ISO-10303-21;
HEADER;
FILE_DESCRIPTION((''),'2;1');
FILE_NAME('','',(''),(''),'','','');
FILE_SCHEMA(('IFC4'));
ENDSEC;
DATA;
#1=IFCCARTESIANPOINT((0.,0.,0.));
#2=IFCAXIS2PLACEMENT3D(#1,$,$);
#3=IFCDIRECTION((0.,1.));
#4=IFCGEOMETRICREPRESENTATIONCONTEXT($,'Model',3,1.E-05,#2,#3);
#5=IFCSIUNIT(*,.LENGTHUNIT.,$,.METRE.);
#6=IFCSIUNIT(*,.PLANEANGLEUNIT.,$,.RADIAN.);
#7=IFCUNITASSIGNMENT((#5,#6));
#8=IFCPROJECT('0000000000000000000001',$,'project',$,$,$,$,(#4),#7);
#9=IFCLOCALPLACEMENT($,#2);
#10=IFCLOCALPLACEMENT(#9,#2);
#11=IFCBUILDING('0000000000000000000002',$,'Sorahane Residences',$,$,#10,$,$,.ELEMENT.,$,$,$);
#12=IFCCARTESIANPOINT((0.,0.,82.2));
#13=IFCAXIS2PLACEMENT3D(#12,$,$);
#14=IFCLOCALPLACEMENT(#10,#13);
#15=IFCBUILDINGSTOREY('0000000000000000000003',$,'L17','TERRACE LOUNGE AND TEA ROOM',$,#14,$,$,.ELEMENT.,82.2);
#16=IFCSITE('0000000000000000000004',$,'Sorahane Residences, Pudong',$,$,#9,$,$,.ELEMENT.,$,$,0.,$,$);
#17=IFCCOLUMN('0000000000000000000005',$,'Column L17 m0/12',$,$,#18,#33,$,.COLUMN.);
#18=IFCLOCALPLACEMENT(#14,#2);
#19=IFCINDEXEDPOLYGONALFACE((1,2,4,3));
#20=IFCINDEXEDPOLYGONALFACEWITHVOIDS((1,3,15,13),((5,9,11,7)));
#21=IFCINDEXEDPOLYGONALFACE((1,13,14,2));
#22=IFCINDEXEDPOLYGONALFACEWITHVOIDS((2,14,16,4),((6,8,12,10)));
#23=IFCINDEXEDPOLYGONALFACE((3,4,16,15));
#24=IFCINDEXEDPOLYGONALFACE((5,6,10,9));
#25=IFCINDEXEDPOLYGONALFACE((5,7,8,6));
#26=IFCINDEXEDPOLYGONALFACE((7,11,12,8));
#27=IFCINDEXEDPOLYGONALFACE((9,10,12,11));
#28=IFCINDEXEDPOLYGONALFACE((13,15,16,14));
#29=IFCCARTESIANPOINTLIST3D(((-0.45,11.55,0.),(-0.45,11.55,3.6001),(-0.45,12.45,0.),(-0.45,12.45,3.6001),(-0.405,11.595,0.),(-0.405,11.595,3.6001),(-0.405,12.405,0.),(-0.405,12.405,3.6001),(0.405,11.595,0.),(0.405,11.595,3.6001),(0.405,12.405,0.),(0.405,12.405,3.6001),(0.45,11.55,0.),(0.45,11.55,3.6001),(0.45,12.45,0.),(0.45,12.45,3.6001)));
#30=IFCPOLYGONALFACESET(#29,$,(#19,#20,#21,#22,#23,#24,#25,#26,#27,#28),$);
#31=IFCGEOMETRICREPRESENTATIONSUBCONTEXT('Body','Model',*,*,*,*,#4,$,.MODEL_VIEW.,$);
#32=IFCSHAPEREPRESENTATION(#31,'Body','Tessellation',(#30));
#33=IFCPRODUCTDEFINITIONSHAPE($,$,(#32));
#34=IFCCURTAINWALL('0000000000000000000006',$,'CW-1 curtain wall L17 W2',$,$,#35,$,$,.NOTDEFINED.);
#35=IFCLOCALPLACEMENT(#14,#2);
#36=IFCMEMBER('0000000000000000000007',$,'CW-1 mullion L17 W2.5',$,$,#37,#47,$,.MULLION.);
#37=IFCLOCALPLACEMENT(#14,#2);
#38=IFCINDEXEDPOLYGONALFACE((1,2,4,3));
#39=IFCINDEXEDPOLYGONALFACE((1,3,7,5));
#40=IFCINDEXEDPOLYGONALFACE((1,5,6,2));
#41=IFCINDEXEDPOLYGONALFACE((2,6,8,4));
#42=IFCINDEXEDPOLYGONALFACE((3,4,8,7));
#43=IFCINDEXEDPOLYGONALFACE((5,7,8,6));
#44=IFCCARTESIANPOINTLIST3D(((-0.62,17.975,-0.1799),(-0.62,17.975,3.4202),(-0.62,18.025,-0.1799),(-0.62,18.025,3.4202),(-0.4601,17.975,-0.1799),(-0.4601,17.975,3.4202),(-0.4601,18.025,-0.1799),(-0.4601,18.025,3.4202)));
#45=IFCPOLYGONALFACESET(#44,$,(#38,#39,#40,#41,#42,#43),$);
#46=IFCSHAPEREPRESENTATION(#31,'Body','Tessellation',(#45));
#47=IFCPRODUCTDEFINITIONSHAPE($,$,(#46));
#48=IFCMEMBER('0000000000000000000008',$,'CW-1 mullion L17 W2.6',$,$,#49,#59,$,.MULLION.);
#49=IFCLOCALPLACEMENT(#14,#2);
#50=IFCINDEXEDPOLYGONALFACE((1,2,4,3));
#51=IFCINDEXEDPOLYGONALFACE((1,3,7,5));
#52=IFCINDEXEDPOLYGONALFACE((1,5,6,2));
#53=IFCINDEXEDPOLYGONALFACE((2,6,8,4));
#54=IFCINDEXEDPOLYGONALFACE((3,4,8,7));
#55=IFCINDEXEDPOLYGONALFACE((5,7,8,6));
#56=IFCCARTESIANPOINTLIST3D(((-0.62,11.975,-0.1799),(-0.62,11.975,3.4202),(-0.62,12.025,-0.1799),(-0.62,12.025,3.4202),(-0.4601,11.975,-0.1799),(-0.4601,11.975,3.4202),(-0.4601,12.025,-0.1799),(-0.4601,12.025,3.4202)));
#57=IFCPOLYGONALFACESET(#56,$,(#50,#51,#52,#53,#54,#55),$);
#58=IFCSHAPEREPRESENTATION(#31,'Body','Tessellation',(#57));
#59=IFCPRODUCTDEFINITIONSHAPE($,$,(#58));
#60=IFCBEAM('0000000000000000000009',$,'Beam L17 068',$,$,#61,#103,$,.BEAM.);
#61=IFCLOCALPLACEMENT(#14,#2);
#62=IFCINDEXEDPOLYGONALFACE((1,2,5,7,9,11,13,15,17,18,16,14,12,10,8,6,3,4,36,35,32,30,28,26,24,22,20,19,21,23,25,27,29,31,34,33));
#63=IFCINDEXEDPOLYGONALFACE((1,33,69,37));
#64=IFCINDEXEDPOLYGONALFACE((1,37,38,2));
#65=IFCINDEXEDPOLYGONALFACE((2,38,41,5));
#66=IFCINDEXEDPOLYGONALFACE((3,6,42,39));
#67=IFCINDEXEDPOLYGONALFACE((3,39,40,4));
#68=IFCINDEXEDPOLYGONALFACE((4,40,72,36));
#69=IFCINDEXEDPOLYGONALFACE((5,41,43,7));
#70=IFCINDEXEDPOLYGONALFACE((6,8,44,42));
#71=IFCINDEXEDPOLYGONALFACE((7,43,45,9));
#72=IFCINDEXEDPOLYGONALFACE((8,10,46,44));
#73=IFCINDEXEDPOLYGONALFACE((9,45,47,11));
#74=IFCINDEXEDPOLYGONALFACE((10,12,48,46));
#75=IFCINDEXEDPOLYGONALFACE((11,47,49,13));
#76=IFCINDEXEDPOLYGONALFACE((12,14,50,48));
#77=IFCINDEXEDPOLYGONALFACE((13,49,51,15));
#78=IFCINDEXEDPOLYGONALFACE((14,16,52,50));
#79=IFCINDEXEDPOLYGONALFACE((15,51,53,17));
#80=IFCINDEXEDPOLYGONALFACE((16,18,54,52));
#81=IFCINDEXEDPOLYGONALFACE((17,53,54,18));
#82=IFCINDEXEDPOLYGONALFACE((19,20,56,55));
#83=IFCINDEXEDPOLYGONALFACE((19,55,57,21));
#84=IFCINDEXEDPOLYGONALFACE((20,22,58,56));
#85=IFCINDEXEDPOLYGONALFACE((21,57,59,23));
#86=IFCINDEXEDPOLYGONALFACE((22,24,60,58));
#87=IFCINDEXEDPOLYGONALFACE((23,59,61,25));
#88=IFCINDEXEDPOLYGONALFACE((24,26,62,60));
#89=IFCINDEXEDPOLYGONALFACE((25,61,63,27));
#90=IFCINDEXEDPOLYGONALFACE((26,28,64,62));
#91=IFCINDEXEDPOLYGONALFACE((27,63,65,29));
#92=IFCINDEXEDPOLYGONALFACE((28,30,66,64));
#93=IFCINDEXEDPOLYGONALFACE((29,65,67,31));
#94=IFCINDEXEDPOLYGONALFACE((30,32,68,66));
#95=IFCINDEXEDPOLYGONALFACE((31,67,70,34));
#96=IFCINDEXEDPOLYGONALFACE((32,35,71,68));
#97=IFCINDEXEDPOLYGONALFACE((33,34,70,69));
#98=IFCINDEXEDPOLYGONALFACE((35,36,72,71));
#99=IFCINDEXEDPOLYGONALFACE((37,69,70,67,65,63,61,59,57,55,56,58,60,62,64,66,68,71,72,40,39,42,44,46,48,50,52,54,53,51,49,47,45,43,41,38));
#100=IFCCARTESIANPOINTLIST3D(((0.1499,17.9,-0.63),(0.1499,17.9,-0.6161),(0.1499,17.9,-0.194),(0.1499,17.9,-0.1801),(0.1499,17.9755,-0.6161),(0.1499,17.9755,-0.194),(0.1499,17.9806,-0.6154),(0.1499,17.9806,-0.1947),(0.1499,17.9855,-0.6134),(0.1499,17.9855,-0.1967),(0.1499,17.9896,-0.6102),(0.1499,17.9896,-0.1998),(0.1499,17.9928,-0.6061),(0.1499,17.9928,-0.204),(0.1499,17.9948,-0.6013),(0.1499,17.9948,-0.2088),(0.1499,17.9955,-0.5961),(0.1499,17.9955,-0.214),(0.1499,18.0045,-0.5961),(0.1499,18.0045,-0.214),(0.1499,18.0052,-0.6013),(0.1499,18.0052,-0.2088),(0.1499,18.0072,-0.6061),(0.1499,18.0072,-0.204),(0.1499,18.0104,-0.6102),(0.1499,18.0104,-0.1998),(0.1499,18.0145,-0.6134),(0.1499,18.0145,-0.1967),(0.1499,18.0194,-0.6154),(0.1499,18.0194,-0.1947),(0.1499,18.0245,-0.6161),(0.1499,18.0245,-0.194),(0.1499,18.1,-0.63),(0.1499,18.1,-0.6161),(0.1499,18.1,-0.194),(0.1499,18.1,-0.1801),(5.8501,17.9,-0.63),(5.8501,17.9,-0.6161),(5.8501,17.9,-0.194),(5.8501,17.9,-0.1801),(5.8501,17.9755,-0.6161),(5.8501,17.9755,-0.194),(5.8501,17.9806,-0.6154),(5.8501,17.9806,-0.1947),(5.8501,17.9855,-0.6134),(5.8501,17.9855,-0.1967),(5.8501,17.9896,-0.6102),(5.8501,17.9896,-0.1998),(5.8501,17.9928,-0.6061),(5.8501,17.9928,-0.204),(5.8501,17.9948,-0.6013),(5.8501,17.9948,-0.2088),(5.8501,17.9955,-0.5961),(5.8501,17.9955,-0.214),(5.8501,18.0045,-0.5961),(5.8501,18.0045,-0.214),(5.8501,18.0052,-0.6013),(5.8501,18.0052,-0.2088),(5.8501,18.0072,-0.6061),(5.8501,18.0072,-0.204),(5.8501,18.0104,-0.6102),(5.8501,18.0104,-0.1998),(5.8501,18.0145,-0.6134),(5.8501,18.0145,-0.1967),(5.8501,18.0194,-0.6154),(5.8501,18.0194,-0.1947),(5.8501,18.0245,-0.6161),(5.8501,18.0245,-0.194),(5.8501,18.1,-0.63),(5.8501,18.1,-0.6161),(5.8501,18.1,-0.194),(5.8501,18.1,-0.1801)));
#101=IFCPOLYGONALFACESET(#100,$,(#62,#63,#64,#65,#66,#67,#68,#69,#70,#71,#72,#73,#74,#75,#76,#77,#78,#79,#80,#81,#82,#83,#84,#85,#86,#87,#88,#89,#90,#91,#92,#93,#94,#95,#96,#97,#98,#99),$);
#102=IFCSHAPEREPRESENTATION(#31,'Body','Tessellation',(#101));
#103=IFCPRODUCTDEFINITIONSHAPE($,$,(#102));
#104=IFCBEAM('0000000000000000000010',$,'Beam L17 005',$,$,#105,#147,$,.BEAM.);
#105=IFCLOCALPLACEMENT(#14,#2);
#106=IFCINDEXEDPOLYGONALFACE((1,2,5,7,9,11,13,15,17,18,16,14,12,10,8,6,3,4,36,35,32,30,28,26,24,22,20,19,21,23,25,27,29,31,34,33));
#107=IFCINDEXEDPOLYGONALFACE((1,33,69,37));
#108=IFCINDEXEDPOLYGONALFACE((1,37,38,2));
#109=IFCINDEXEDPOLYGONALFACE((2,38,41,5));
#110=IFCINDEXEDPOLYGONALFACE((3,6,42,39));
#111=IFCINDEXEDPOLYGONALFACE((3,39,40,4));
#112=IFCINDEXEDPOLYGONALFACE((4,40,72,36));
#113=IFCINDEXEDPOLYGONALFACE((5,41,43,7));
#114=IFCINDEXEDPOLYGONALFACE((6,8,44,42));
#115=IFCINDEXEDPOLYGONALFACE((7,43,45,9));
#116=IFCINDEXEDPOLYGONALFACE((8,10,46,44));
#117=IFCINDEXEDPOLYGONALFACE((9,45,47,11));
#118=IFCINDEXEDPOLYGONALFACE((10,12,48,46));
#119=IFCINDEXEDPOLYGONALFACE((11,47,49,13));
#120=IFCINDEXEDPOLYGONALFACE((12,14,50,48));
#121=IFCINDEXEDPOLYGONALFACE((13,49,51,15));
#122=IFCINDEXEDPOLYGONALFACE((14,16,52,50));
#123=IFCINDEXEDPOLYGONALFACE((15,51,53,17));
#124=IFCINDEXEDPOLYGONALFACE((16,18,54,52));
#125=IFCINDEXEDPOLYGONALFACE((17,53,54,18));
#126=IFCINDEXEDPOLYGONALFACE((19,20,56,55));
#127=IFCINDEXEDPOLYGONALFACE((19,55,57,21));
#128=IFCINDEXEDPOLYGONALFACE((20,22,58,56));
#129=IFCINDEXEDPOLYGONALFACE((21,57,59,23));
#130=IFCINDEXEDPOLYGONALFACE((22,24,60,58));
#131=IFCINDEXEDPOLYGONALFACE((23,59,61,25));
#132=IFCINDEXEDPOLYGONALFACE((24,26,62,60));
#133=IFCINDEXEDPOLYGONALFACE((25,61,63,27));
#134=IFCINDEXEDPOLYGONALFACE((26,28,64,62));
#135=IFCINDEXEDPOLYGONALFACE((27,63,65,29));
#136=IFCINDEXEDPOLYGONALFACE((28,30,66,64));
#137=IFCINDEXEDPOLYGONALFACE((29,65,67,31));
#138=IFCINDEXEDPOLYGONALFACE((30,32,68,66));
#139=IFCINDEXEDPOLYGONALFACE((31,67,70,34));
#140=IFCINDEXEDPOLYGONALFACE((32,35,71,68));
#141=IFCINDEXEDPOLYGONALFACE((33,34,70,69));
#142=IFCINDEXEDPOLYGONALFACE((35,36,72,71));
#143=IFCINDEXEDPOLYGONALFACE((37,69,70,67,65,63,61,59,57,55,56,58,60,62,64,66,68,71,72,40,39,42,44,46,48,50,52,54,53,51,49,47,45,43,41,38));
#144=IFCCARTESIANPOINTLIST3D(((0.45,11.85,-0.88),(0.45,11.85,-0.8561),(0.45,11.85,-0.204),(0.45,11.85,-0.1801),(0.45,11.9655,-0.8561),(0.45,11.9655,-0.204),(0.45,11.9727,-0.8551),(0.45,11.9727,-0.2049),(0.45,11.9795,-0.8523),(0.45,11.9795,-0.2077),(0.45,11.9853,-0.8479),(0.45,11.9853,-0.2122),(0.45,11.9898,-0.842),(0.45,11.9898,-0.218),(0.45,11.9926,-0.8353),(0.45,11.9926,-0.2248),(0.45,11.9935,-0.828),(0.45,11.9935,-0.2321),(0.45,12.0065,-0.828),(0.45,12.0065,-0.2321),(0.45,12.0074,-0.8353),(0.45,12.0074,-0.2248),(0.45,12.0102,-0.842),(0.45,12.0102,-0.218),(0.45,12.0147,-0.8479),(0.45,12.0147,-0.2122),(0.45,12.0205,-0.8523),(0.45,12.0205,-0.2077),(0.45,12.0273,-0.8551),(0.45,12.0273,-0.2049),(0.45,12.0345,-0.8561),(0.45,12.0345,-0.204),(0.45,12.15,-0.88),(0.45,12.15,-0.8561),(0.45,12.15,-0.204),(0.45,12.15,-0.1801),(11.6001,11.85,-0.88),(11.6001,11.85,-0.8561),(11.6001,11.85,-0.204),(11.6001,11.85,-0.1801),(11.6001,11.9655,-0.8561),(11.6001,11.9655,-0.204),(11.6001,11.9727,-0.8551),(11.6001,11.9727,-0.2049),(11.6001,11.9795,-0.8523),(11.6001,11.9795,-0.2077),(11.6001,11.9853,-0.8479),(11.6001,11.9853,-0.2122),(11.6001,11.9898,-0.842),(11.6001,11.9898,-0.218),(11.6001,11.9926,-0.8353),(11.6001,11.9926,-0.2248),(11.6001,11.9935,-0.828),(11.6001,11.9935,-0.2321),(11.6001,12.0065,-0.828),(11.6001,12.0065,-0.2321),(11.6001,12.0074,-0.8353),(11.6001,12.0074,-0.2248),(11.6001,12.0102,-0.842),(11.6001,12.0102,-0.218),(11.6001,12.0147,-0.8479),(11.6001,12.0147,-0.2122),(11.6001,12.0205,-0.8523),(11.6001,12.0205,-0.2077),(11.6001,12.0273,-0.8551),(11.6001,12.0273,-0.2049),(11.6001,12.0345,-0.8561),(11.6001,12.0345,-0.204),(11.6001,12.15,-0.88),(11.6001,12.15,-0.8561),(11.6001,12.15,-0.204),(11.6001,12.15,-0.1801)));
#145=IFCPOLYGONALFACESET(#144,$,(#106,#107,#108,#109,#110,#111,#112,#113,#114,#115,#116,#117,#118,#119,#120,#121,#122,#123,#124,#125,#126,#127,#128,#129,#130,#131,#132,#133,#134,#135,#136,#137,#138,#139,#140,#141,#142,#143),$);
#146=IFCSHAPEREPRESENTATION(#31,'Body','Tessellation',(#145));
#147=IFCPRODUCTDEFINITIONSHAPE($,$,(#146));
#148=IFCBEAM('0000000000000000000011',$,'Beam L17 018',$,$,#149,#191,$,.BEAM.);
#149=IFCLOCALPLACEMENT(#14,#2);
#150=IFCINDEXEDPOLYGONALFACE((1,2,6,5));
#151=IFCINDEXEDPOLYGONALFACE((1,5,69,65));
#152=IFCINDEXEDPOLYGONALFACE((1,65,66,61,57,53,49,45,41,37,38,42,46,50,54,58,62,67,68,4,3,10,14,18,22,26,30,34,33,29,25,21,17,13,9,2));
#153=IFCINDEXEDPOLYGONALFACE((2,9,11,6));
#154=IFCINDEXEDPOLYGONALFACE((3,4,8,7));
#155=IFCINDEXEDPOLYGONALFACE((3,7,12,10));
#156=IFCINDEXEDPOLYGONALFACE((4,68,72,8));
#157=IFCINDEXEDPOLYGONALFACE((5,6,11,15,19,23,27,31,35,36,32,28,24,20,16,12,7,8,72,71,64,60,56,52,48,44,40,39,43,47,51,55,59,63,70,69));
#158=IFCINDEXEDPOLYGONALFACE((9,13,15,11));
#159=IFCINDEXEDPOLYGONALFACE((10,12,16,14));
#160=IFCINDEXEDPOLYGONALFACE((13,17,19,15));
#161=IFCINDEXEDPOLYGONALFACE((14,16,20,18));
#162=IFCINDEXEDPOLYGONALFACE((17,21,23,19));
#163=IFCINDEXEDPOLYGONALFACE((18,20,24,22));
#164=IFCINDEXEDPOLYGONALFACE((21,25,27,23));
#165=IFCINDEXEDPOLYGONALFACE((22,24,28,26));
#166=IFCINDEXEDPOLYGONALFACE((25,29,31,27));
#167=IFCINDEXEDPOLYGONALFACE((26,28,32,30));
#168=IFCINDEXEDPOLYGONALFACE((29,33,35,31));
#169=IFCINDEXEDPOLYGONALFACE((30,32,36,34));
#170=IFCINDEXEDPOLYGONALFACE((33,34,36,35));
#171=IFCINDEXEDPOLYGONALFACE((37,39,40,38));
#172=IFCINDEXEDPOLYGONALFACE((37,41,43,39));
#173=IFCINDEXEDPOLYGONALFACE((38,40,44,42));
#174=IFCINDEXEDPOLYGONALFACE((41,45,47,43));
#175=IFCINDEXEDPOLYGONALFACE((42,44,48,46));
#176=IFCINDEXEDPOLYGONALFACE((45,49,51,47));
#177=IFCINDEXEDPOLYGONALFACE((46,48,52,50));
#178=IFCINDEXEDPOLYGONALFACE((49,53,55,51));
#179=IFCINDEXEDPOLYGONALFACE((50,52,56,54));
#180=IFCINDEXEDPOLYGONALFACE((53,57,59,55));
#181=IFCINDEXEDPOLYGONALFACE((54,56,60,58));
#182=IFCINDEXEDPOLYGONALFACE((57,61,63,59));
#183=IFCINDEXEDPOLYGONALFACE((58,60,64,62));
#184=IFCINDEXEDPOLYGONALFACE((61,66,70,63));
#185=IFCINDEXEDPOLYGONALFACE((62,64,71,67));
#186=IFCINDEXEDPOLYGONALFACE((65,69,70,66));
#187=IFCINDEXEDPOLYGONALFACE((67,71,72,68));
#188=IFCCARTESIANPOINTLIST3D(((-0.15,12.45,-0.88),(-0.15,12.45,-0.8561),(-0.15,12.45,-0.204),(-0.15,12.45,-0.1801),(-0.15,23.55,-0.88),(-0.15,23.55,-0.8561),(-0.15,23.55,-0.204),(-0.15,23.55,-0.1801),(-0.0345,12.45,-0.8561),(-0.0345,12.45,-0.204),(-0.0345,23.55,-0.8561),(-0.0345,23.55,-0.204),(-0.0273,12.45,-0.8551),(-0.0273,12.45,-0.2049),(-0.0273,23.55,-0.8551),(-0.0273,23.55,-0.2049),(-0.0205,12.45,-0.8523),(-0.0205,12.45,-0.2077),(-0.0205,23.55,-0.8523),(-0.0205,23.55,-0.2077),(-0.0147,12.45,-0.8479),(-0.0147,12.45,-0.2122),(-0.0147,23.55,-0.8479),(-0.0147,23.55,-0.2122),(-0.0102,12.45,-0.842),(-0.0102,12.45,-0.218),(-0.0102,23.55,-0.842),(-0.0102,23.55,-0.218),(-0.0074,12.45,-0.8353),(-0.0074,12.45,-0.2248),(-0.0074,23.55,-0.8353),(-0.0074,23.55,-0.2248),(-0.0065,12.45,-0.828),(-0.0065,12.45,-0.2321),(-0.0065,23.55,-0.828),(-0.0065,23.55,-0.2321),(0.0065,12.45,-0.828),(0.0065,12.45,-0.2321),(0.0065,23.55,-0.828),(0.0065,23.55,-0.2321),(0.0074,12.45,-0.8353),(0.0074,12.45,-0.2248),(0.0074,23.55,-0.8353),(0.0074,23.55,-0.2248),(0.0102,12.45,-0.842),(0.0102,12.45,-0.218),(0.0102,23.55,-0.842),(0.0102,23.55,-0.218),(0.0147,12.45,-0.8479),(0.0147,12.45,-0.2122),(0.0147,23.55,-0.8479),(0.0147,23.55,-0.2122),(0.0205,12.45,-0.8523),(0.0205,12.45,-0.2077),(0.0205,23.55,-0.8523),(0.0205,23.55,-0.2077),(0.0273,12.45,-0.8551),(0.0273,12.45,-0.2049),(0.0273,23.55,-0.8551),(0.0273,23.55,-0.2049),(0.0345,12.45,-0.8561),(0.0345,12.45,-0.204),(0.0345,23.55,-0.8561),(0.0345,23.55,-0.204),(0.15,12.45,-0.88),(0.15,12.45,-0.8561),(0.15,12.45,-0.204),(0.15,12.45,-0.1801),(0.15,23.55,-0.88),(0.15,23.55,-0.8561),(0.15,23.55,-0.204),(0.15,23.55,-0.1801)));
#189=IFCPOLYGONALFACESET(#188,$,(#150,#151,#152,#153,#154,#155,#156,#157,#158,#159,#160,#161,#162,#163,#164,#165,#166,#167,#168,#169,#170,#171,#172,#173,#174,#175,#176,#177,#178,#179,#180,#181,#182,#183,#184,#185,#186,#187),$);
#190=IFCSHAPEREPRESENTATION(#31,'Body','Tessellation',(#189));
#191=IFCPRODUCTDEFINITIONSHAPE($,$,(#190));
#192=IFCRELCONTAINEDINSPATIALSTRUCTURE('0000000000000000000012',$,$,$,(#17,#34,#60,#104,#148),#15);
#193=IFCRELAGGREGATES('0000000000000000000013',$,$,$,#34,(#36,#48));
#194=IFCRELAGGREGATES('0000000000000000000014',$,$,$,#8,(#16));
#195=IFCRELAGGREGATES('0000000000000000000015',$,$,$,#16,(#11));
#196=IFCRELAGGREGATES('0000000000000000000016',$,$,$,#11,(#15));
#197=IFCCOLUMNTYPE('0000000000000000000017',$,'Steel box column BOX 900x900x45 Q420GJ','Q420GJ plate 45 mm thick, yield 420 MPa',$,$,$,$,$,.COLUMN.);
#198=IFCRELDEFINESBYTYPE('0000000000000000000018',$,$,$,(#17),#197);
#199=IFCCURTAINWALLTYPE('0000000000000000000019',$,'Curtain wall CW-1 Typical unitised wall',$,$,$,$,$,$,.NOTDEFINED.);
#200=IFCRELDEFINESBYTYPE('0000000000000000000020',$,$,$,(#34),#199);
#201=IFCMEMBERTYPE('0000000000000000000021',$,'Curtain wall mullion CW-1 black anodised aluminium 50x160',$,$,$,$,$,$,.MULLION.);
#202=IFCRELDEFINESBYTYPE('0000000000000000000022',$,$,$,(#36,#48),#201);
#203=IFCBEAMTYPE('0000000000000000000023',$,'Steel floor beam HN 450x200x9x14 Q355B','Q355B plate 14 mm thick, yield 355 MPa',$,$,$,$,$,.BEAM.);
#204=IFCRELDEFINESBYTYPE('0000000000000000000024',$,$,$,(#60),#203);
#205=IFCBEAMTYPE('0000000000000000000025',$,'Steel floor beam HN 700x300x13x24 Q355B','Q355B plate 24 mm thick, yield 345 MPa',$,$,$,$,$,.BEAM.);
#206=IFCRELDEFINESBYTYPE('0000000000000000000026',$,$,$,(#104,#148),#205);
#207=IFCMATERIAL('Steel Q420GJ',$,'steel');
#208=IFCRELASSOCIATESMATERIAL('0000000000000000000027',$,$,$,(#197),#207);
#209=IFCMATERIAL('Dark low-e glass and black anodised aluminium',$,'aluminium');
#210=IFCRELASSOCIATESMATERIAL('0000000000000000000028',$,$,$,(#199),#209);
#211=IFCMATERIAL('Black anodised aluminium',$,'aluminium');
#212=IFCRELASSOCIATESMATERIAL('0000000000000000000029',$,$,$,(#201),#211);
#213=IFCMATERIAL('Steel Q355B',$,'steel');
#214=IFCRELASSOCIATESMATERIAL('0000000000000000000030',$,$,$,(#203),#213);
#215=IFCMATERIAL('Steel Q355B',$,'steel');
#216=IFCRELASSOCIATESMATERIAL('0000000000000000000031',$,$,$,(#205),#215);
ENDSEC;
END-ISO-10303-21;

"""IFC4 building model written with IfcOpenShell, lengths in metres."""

from ifc_helpers import new_model, si_unit, direction, frame, origin, origin_2d, place, context, subcontext, project, spatial, rectangle, hollow_rectangle, i_section, extrude, material, material_profile, profile_set, type_object, element, aggregate, save


model = new_model("IFC4")

# Units and contexts
model_context = context("Model", 3, precision=1e-05, world=origin(), true_north=direction((0.0, 1.0)))
body_context = subcontext(model_context, "Body", "Model", "MODEL_VIEW")
ifc_project = project(units=[si_unit("LENGTHUNIT", "METRE"), si_unit("PLANEANGLEUNIT", "RADIAN")], contexts=[model_context])

# Site, building, storey
site_placement = place(None, origin())
site = spatial("IfcSite", under=ifc_project, at=site_placement, Name="Sorahane Residences, Pudong", CompositionType="ELEMENT", RefElevation=0.0)
building_placement = place(site_placement, origin())
building = spatial("IfcBuilding", under=site, at=building_placement, Name="Sorahane Residences", CompositionType="ELEMENT")
storey_placement = place(building_placement, frame((0.0, 0.0, 82.2)))
storey = spatial("IfcBuildingStorey", under=building, at=storey_placement, Name="L17", Description="TERRACE LOUNGE AND TEA ROOM", CompositionType="ELEMENT", Elevation=82.2)

# Column
ifc_material_1 = material(Name="Steel Q420GJ", Category="steel")
ifc_material_profile_1 = material_profile(ifc_material_1, hollow_rectangle(XDim=0.8999, YDim=0.8999, WallThickness=0.0449, at=origin_2d()), Name="BOX 900x900x45")
ifc_profile_set_1 = profile_set([ifc_material_profile_1], Name="Steel Q420GJ")
column_type = type_object("IfcColumnType", Name="Steel box column BOX 900x900x45 Q420GJ", Description="Q420GJ plate 45 mm thick, yield 420 MPa", PredefinedType="COLUMN", material=ifc_profile_set_1)
column_placement = place(storey_placement, frame((0.0, 12.0, 0.0), z_axis=(0.0, 0.0, 1.0), x_axis=(1.0, 0.0, 0.0)))
element("IfcColumn", 1, at=column_placement, inside=storey, type_object=column_type, Name="Column L17 m0/12", PredefinedType="COLUMN", context=body_context, shape_type="SweptSolid", body=[
    extrude(hollow_rectangle(XDim=0.8999, YDim=0.8999, WallThickness=0.0449, at=origin_2d()), origin(), (0.0, 0.0, 1.0), 3.6001),
])

# Curtain wall, members
ifc_material_2 = material(Name="Dark low-e glass and black anodised aluminium", Category="aluminium")
curtain_wall_type = type_object("IfcCurtainWallType", Name="Curtain wall CW-1 Typical unitised wall", PredefinedType="NOTDEFINED", material=ifc_material_2)
curtain_wall_placement = place(storey_placement, origin())
curtain_wall = element("IfcCurtainWall", 2, at=curtain_wall_placement, inside=storey, type_object=curtain_wall_type, Name="CW-1 curtain wall L17 W2", PredefinedType="NOTDEFINED")
ifc_material_3 = material(Name="Black anodised aluminium", Category="aluminium")
ifc_material_profile_2 = material_profile(ifc_material_3, rectangle(XDim=0.1599, YDim=0.05, at=origin_2d()), Name="Curtain wall mullion CW-1 black anodised aluminium 50x160")
ifc_profile_set_2 = profile_set([ifc_material_profile_2], Name="Black anodised aluminium")
member_type = type_object("IfcMemberType", Name="Curtain wall mullion CW-1 black anodised aluminium 50x160", PredefinedType="MULLION", material=ifc_profile_set_2)
member_1_placement = place(storey_placement, frame((-0.54, 18.0, -0.1799), z_axis=(0.0, 0.0, 1.0), x_axis=(-1.0, 0.0, 0.0)))
member_1 = element("IfcMember", 3, at=member_1_placement, type_object=member_type, Name="CW-1 mullion L17 W2.5", PredefinedType="MULLION", context=body_context, shape_type="SweptSolid", body=[
    extrude(rectangle(XDim=0.1599, YDim=0.05, at=origin_2d()), origin(), (0.0, 0.0, 1.0), 3.6001),
])
member_2_placement = place(storey_placement, frame((-0.54, 12.0, -0.1799), z_axis=(0.0, 0.0, 1.0), x_axis=(-1.0, 0.0, 0.0)))
member_2 = element("IfcMember", 4, at=member_2_placement, type_object=member_type, Name="CW-1 mullion L17 W2.6", PredefinedType="MULLION", context=body_context, shape_type="SweptSolid", body=[
    extrude(rectangle(XDim=0.1599, YDim=0.05, at=origin_2d()), origin(), (0.0, 0.0, 1.0), 3.6001),
])

# Beams
ifc_material_4 = material(Name="Steel Q355B", Category="steel")
ifc_material_profile_3 = material_profile(ifc_material_4, i_section(OverallWidth=0.2, OverallDepth=0.45, WebThickness=0.009, FlangeThickness=0.0139, FilletRadius=0.02, at=origin_2d()), Name="HN 450x200x9x14")
ifc_profile_set_3 = profile_set([ifc_material_profile_3], Name="Steel Q355B")
beam_type_1 = type_object("IfcBeamType", Name="Steel floor beam HN 450x200x9x14 Q355B", Description="Q355B plate 14 mm thick, yield 355 MPa", PredefinedType="BEAM", material=ifc_profile_set_3)
beam_1_placement = place(storey_placement, frame((0.1499, 18.0, -0.405), z_axis=(1.0, 0.0, 0.0), x_axis=(0.0, 1.0, 0.0)))
element("IfcBeam", 5, at=beam_1_placement, inside=storey, type_object=beam_type_1, Name="Beam L17 068", PredefinedType="BEAM", context=body_context, shape_type="SweptSolid", body=[
    extrude(i_section(OverallWidth=0.2, OverallDepth=0.45, WebThickness=0.009, FlangeThickness=0.0139, FilletRadius=0.02, at=origin_2d()), origin(), (0.0, 0.0, 1.0), 5.7002),
])
ifc_material_5 = material(Name="Steel Q355B", Category="steel")
ifc_material_profile_4 = material_profile(ifc_material_5, i_section(OverallWidth=0.3, OverallDepth=0.7, WebThickness=0.0129, FlangeThickness=0.0239, FilletRadius=0.0281, at=origin_2d()), Name="HN 700x300x13x24")
ifc_profile_set_4 = profile_set([ifc_material_profile_4], Name="Steel Q355B")
beam_type_2 = type_object("IfcBeamType", Name="Steel floor beam HN 700x300x13x24 Q355B", Description="Q355B plate 24 mm thick, yield 345 MPa", PredefinedType="BEAM", material=ifc_profile_set_4)
beam_2_placement = place(storey_placement, frame((0.45, 12.0, -0.53), z_axis=(1.0, 0.0, 0.0), x_axis=(0.0, 1.0, 0.0)))
element("IfcBeam", 6, at=beam_2_placement, inside=storey, type_object=beam_type_2, Name="Beam L17 005", PredefinedType="BEAM", context=body_context, shape_type="SweptSolid", body=[
    extrude(i_section(OverallWidth=0.3, OverallDepth=0.7, WebThickness=0.0129, FlangeThickness=0.0239, FilletRadius=0.0281, at=origin_2d()), origin(), (0.0, 0.0, 1.0), 11.1501),
])
beam_3_placement = place(storey_placement, frame((0.0, 12.45, -0.53), z_axis=(0.0, 1.0, 0.0), x_axis=(-1.0, 0.0, 0.0)))
element("IfcBeam", 7, at=beam_3_placement, inside=storey, type_object=beam_type_2, Name="Beam L17 018", PredefinedType="BEAM", context=body_context, shape_type="SweptSolid", body=[
    extrude(i_section(OverallWidth=0.3, OverallDepth=0.7, WebThickness=0.0129, FlangeThickness=0.0239, FilletRadius=0.0281, at=origin_2d()), origin(), (0.0, 0.0, 1.0), 11.1001),
])

aggregate(curtain_wall, [member_1, member_2])

save(model, "model.ifc")
